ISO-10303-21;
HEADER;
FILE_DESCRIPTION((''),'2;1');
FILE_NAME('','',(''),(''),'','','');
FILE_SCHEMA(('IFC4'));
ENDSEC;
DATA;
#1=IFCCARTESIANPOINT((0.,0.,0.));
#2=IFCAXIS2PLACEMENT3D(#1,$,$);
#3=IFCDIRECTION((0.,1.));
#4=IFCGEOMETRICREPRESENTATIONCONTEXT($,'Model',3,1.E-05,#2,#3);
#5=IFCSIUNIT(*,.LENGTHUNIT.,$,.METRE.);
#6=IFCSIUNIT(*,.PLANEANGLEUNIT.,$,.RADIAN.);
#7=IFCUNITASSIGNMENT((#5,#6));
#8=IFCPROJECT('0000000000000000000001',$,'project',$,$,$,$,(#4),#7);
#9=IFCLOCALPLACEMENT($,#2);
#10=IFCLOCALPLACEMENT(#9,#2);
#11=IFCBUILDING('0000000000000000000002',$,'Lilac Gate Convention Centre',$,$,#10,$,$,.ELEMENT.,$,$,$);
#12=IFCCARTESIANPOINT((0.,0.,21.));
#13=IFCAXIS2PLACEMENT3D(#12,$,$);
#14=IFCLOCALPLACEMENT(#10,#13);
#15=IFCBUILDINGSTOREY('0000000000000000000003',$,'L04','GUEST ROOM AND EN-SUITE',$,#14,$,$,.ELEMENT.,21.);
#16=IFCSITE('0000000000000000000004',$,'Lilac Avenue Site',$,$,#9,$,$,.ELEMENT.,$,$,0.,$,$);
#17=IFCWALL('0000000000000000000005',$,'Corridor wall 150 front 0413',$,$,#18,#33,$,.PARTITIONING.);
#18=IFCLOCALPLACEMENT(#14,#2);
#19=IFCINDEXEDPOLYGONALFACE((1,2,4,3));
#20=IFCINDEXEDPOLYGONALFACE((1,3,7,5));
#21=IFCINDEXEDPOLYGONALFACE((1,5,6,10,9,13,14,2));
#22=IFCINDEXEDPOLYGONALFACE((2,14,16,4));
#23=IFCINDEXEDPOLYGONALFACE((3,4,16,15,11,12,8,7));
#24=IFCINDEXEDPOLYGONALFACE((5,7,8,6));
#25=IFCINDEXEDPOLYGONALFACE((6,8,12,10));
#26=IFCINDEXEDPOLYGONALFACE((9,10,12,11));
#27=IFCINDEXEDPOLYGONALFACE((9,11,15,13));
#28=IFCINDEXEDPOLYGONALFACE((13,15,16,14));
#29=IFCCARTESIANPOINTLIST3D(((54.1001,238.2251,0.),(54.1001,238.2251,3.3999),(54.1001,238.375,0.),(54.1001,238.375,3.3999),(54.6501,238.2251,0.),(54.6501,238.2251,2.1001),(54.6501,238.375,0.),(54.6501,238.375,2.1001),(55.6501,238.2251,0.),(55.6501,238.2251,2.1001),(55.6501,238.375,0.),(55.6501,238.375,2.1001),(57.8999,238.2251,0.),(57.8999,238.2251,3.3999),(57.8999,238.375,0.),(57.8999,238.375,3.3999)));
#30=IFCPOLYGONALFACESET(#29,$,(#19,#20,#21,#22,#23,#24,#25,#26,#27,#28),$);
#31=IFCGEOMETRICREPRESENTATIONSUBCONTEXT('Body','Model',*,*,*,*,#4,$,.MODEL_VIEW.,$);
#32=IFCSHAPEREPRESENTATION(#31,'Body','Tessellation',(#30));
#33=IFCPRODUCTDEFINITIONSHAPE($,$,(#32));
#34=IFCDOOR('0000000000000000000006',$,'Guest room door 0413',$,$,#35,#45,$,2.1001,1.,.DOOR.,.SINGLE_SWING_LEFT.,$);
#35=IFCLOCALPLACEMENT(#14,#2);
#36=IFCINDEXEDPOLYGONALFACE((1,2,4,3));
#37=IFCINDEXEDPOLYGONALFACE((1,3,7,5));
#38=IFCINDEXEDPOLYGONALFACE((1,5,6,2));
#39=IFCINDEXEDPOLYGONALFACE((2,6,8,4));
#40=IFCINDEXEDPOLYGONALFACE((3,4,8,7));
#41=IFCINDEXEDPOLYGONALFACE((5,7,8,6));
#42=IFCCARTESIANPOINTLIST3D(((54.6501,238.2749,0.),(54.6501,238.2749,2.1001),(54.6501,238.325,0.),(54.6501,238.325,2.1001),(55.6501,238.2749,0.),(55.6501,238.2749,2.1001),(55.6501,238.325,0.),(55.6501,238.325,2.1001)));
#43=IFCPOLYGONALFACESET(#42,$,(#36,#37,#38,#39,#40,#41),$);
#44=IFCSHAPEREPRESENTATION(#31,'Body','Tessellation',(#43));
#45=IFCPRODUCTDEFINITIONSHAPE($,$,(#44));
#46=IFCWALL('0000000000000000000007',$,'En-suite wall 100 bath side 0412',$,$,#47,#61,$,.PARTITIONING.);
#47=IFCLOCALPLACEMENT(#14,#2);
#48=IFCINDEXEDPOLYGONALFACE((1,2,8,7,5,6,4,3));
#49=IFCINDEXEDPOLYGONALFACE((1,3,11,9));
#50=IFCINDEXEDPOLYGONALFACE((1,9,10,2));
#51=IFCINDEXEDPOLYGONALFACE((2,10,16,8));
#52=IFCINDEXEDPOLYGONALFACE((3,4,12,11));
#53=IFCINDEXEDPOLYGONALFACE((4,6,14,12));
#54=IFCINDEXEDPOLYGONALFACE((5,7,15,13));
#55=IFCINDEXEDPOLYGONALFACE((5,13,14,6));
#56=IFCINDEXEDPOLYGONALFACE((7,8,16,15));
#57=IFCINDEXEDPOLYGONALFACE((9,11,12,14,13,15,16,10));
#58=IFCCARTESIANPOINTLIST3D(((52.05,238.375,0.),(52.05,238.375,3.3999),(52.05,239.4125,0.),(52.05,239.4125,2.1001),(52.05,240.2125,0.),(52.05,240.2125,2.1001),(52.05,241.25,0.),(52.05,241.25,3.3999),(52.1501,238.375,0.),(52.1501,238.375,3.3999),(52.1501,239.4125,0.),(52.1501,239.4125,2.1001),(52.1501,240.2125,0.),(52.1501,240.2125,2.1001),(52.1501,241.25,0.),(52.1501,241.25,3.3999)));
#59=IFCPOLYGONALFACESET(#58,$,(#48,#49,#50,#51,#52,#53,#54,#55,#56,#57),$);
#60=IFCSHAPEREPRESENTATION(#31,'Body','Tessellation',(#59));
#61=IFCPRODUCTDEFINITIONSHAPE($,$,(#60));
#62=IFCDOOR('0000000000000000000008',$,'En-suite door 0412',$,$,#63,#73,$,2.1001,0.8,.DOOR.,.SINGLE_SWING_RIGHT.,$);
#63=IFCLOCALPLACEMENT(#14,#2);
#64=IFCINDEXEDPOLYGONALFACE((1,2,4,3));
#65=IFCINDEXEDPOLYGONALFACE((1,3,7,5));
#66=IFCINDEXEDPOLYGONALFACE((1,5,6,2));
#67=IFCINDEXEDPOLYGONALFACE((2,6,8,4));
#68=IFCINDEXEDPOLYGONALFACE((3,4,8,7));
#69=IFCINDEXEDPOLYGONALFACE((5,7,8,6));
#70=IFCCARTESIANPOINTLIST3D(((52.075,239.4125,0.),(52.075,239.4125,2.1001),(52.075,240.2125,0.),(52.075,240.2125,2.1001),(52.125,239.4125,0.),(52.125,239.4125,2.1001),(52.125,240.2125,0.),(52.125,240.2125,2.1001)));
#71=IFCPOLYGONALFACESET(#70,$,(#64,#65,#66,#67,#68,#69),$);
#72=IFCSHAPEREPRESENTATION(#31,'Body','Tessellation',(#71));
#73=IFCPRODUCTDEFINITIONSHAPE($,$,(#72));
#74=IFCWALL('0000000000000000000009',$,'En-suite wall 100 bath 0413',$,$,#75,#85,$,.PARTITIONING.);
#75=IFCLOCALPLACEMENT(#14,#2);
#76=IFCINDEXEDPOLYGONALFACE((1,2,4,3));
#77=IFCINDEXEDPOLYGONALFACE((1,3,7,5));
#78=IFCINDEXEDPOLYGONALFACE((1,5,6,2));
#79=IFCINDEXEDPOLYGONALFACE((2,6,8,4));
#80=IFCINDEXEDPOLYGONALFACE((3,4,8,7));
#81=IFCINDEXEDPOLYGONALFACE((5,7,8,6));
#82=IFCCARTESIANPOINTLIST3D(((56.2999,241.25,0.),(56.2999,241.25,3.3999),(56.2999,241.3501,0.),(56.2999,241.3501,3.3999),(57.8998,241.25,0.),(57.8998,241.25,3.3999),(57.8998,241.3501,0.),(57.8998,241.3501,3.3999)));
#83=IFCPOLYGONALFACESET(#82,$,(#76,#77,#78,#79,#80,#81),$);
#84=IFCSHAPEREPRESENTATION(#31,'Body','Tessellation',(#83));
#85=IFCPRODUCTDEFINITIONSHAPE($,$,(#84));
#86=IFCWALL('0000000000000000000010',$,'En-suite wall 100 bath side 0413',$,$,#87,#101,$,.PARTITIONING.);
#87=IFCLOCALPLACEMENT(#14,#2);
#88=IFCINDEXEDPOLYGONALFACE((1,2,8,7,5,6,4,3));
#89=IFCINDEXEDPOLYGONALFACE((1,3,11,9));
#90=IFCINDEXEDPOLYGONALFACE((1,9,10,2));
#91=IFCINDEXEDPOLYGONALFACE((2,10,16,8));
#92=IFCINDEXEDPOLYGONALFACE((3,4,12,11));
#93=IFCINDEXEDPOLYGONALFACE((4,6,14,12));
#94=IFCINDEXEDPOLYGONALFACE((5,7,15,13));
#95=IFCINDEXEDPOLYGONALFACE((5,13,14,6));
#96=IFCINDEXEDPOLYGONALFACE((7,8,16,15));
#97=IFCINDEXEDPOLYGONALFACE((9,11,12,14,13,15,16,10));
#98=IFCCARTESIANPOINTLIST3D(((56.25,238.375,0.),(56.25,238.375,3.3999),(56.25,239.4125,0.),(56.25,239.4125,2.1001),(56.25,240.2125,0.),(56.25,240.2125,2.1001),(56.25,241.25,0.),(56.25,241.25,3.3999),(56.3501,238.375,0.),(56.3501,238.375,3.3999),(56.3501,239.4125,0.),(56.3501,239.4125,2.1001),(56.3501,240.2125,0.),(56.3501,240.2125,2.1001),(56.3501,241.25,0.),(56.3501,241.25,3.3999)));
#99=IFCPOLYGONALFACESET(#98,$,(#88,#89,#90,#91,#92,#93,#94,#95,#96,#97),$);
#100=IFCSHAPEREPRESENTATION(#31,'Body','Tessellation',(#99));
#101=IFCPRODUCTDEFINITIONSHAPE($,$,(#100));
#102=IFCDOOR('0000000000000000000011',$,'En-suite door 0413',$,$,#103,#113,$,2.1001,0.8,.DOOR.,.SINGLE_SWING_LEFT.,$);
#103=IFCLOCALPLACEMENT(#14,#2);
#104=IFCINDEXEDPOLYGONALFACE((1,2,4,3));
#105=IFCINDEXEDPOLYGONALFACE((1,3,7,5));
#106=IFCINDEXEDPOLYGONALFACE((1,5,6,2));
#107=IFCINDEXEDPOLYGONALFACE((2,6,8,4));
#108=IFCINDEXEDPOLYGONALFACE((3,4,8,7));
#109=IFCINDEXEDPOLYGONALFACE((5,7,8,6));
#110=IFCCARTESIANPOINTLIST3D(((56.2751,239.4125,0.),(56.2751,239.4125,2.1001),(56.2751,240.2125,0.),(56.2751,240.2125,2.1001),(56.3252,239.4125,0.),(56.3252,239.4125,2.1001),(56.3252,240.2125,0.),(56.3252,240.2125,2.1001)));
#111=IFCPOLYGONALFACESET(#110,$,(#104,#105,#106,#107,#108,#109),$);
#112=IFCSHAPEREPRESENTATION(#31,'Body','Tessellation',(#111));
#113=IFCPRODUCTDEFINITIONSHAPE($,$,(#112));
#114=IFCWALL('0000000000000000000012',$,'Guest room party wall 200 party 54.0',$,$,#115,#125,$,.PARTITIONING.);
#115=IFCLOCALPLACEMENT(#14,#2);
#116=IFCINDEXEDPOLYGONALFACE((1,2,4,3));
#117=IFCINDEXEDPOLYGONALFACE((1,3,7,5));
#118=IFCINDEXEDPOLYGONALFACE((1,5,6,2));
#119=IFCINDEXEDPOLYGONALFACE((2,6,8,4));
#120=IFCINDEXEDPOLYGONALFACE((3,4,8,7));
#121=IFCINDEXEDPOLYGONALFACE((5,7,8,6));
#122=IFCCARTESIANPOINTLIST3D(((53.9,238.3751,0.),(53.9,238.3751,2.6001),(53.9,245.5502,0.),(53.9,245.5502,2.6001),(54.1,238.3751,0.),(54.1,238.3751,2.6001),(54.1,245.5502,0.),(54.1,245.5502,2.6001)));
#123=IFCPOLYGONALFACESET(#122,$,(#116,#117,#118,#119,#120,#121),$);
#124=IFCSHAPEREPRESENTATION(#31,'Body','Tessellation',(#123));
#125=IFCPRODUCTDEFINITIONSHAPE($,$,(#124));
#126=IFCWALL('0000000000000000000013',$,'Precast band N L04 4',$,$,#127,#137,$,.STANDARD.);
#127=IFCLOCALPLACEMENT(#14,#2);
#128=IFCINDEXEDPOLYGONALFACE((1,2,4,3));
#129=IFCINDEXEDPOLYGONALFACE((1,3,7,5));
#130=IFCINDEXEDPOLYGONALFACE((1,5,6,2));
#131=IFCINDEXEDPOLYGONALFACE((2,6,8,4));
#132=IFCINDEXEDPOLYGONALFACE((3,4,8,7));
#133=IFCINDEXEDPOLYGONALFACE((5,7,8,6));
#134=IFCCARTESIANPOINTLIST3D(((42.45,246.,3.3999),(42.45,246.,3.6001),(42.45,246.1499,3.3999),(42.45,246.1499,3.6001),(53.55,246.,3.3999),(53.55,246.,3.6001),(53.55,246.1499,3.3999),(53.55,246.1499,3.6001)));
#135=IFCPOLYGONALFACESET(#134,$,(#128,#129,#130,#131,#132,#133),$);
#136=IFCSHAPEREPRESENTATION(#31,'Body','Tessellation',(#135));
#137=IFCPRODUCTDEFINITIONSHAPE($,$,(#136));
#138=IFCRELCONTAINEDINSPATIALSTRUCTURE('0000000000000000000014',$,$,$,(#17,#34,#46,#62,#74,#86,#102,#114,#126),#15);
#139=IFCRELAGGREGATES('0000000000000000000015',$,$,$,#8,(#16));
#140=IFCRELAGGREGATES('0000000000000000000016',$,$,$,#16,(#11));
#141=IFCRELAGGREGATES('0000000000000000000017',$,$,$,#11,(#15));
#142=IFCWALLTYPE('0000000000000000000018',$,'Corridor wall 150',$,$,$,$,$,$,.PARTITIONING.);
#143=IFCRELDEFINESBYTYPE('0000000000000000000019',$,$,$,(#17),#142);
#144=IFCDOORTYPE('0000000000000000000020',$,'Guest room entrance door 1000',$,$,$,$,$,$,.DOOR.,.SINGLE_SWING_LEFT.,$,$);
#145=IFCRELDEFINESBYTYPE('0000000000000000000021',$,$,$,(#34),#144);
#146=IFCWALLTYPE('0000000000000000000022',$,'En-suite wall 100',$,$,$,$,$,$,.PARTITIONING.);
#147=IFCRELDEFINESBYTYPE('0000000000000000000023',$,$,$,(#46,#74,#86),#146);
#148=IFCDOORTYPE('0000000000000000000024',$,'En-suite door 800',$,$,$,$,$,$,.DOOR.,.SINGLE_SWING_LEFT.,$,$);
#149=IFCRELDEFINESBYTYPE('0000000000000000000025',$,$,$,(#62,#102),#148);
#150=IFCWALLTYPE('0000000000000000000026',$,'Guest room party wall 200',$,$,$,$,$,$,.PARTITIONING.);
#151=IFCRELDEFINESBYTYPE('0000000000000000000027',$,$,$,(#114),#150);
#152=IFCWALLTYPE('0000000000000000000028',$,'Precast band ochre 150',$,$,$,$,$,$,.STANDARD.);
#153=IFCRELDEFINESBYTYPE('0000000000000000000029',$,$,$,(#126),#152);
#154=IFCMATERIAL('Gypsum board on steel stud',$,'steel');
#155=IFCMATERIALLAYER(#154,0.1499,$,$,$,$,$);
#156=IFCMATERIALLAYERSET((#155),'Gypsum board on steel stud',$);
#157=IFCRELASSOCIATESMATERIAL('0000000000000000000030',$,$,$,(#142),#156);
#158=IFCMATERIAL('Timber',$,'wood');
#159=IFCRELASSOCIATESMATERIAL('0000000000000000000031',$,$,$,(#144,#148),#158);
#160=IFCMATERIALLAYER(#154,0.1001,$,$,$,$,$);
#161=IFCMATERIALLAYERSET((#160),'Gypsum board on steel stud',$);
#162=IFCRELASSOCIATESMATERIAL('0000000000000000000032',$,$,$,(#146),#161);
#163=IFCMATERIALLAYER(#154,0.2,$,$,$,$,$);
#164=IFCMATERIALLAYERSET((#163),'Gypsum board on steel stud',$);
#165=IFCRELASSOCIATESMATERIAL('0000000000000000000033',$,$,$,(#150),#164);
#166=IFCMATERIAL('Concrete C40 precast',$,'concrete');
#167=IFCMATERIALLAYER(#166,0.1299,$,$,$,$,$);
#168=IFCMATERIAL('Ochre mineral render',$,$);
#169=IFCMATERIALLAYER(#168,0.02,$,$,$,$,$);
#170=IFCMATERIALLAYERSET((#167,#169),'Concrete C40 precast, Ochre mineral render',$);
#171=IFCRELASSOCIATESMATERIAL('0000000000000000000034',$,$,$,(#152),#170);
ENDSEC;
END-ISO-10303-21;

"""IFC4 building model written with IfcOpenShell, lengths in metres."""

from ifc_helpers import new_model, si_unit, direction, frame, frame_2d, origin, place, context, subcontext, project, spatial, rectangle, extrude, material, layer, layer_set, type_object, element, fill, save


model = new_model("IFC4")

# Units and contexts
model_context = context("Model", 3, precision=1e-05, world=origin(), true_north=direction((0.0, 1.0)))
body_context = subcontext(model_context, "Body", "Model", "MODEL_VIEW")
ifc_project = project(units=[si_unit("LENGTHUNIT", "METRE"), si_unit("PLANEANGLEUNIT", "RADIAN")], contexts=[model_context])

# Site, building, storey
site_placement = place(None, origin())
site = spatial("IfcSite", under=ifc_project, at=site_placement, Name="Lilac Avenue Site", CompositionType="ELEMENT", RefElevation=0.0)
building_placement = place(site_placement, origin())
building = spatial("IfcBuilding", under=site, at=building_placement, Name="Lilac Gate Convention Centre", CompositionType="ELEMENT")
storey_placement = place(building_placement, frame((0.0, 0.0, 21.0)))
storey = spatial("IfcBuildingStorey", under=building, at=storey_placement, Name="L04", Description="GUEST ROOM AND EN-SUITE", CompositionType="ELEMENT", Elevation=21.0)

# Walls, openings, doors
ifc_material_1 = material(Name="Gypsum board on steel stud", Category="steel")
ifc_layer_1 = layer(ifc_material_1, 0.1499)
ifc_layer_set_1 = layer_set([ifc_layer_1], Name="Gypsum board on steel stud")
wall_type_1 = type_object("IfcWallType", Name="Corridor wall 150", PredefinedType="PARTITIONING", material=ifc_layer_set_1)
wall_1_placement = place(storey_placement, frame((54.1001, 238.3, 0.0), z_axis=(0.0, 0.0, 1.0), x_axis=(1.0, 0.0, 0.0)))
wall_1 = element("IfcWall", 1, at=wall_1_placement, inside=storey, type_object=wall_type_1, Name="Corridor wall 150 front 0413", PredefinedType="PARTITIONING", context=body_context, shape_type="SweptSolid", body=[
    extrude(rectangle(XDim=3.7998, YDim=0.1499, at=frame_2d((1.8999, 0.0))), origin(), (0.0, 0.0, 1.0), 3.3999),
])
opening_1_placement = place(wall_1_placement, frame((0.55, 0.0, 0.0)))
opening_1 = element("IfcOpeningElement", 2, at=opening_1_placement, cuts=wall_1, PredefinedType="OPENING", context=body_context, shape_type="SweptSolid", body=[
    extrude(rectangle(XDim=1.0, YDim=2.1001, at=frame_2d((0.5, 1.05))), frame((0.0, 0.085, 0.0), z_axis=(0.0, -1.0, 0.0), x_axis=(1.0, 0.0, 0.0)), (0.0, 0.0, 1.0), 0.1699),
])
ifc_material_2 = material(Name="Timber", Category="wood")
door_type_1 = type_object("IfcDoorType", Name="Guest room entrance door 1000", OperationType="SINGLE_SWING_LEFT", PredefinedType="DOOR", material=ifc_material_2)
door_1_placement = place(opening_1_placement, origin())
door_1 = element("IfcDoor", 3, at=door_1_placement, inside=storey, type_object=door_type_1, Name="Guest room door 0413", OperationType="SINGLE_SWING_LEFT", OverallHeight=2.1001, OverallWidth=1.0, PredefinedType="DOOR", context=body_context, shape_type="SweptSolid", body=[
    extrude(rectangle(XDim=1.0, YDim=2.1001, at=frame_2d((0.5, 1.05))), frame((0.0, 0.0249, 0.0), z_axis=(0.0, -1.0, 0.0), x_axis=(1.0, 0.0, 0.0)), (0.0, 0.0, 1.0), 0.05),
])
fill(opening_1, door_1)
ifc_layer_2 = layer(ifc_material_1, 0.1001)
ifc_layer_set_2 = layer_set([ifc_layer_2], Name="Gypsum board on steel stud")
wall_type_2 = type_object("IfcWallType", Name="En-suite wall 100", PredefinedType="PARTITIONING", material=ifc_layer_set_2)
wall_2_placement = place(storey_placement, frame((52.1001, 241.25, 0.0), z_axis=(0.0, 0.0, 1.0), x_axis=(0.0, -1.0, 0.0)))
wall_2 = element("IfcWall", 4, at=wall_2_placement, inside=storey, type_object=wall_type_2, Name="En-suite wall 100 bath side 0412", PredefinedType="PARTITIONING", context=body_context, shape_type="SweptSolid", body=[
    extrude(rectangle(XDim=2.875, YDim=0.1001, at=frame_2d((1.4375, 0.0))), origin(), (0.0, 0.0, 1.0), 3.3999),
])
opening_2_placement = place(wall_2_placement, frame((1.0376, 0.0, 0.0)))
opening_2 = element("IfcOpeningElement", 5, at=opening_2_placement, cuts=wall_2, PredefinedType="OPENING", context=body_context, shape_type="SweptSolid", body=[
    extrude(rectangle(XDim=0.8, YDim=2.1001, at=frame_2d((0.3999, 1.05))), frame((0.0, 0.0601, 0.0), z_axis=(0.0, -1.0, 0.0), x_axis=(1.0, 0.0, 0.0)), (0.0, 0.0, 1.0), 0.1201),
])
door_type_2 = type_object("IfcDoorType", Name="En-suite door 800", OperationType="SINGLE_SWING_LEFT", PredefinedType="DOOR", material=ifc_material_2)
door_2_placement = place(opening_2_placement, origin())
door_2 = element("IfcDoor", 6, at=door_2_placement, inside=storey, type_object=door_type_2, Name="En-suite door 0412", OperationType="SINGLE_SWING_RIGHT", OverallHeight=2.1001, OverallWidth=0.8, PredefinedType="DOOR", context=body_context, shape_type="SweptSolid", body=[
    extrude(rectangle(XDim=0.8, YDim=2.1001, at=frame_2d((0.3999, 1.05))), frame((0.0, 0.0249, 0.0), z_axis=(0.0, -1.0, 0.0), x_axis=(1.0, 0.0, 0.0)), (0.0, 0.0, 1.0), 0.05),
])
fill(opening_2, door_2)

# Wall
wall_3_placement = place(storey_placement, frame((56.3, 241.3, 0.0), z_axis=(0.0, 0.0, 1.0), x_axis=(1.0, 0.0, 0.0)))
element("IfcWall", 7, at=wall_3_placement, inside=storey, type_object=wall_type_2, Name="En-suite wall 100 bath 0413", PredefinedType="PARTITIONING", context=body_context, shape_type="SweptSolid", body=[
    extrude(rectangle(XDim=1.5999, YDim=0.1001, at=frame_2d((0.7998, 0.0))), origin(), (0.0, 0.0, 1.0), 3.3999),
])

# Wall, opening, door
wall_4_placement = place(storey_placement, frame((56.3, 238.375, 0.0), z_axis=(0.0, 0.0, 1.0), x_axis=(0.0, 1.0, 0.0)))
wall_4 = element("IfcWall", 8, at=wall_4_placement, inside=storey, type_object=wall_type_2, Name="En-suite wall 100 bath side 0413", PredefinedType="PARTITIONING", context=body_context, shape_type="SweptSolid", body=[
    extrude(rectangle(XDim=2.875, YDim=0.1001, at=frame_2d((1.4375, 0.0))), origin(), (0.0, 0.0, 1.0), 3.3999),
])
opening_3_placement = place(wall_4_placement, frame((1.0376, 0.0, 0.0)))
opening_3 = element("IfcOpeningElement", 9, at=opening_3_placement, cuts=wall_4, PredefinedType="OPENING", context=body_context, shape_type="SweptSolid", body=[
    extrude(rectangle(XDim=0.8, YDim=2.1001, at=frame_2d((0.3999, 1.05))), frame((0.0, 0.0601, 0.0), z_axis=(0.0, -1.0, 0.0), x_axis=(1.0, 0.0, 0.0)), (0.0, 0.0, 1.0), 0.1201),
])
door_3_placement = place(opening_3_placement, origin())
door_3 = element("IfcDoor", 10, at=door_3_placement, inside=storey, type_object=door_type_2, Name="En-suite door 0413", OperationType="SINGLE_SWING_LEFT", OverallHeight=2.1001, OverallWidth=0.8, PredefinedType="DOOR", context=body_context, shape_type="SweptSolid", body=[
    extrude(rectangle(XDim=0.8, YDim=2.1001, at=frame_2d((0.3999, 1.05))), frame((0.0, 0.0249, 0.0), z_axis=(0.0, -1.0, 0.0), x_axis=(1.0, 0.0, 0.0)), (0.0, 0.0, 1.0), 0.05),
])
fill(opening_3, door_3)

# Walls
ifc_layer_3 = layer(ifc_material_1, 0.2)
ifc_layer_set_3 = layer_set([ifc_layer_3], Name="Gypsum board on steel stud")
wall_type_3 = type_object("IfcWallType", Name="Guest room party wall 200", PredefinedType="PARTITIONING", material=ifc_layer_set_3)
wall_5_placement = place(storey_placement, frame((54.0, 245.55, 0.0), z_axis=(0.0, 0.0, 1.0), x_axis=(0.0, -1.0, 0.0)))
element("IfcWall", 11, at=wall_5_placement, inside=storey, type_object=wall_type_3, Name="Guest room party wall 200 party 54.0", PredefinedType="PARTITIONING", context=body_context, shape_type="SweptSolid", body=[
    extrude(rectangle(XDim=7.175, YDim=0.2, at=frame_2d((3.5874, 0.0))), origin(), (0.0, 0.0, 1.0), 2.6001),
])
ifc_material_3 = material(Name="Concrete C40 precast", Category="concrete")
ifc_layer_4 = layer(ifc_material_3, 0.1299)
ifc_material_4 = material(Name="Ochre mineral render")
ifc_layer_5 = layer(ifc_material_4, 0.02)
ifc_layer_set_4 = layer_set([ifc_layer_4, ifc_layer_5], Name="Concrete C40 precast, Ochre mineral render")
wall_type_4 = type_object("IfcWallType", Name="Precast band ochre 150", PredefinedType="STANDARD", material=ifc_layer_set_4)
wall_6_placement = place(storey_placement, frame((53.55, 246.075, 3.3999), z_axis=(0.0, 0.0, 1.0), x_axis=(-1.0, 0.0, 0.0)))
element("IfcWall", 12, at=wall_6_placement, inside=storey, type_object=wall_type_4, Name="Precast band N L04 4", PredefinedType="STANDARD", context=body_context, shape_type="SweptSolid", body=[
    extrude(rectangle(XDim=11.1001, YDim=0.1499, at=frame_2d((5.55, 0.0))), origin(), (0.0, 0.0, 1.0), 0.2002),
])

save(model, "model.ifc")
